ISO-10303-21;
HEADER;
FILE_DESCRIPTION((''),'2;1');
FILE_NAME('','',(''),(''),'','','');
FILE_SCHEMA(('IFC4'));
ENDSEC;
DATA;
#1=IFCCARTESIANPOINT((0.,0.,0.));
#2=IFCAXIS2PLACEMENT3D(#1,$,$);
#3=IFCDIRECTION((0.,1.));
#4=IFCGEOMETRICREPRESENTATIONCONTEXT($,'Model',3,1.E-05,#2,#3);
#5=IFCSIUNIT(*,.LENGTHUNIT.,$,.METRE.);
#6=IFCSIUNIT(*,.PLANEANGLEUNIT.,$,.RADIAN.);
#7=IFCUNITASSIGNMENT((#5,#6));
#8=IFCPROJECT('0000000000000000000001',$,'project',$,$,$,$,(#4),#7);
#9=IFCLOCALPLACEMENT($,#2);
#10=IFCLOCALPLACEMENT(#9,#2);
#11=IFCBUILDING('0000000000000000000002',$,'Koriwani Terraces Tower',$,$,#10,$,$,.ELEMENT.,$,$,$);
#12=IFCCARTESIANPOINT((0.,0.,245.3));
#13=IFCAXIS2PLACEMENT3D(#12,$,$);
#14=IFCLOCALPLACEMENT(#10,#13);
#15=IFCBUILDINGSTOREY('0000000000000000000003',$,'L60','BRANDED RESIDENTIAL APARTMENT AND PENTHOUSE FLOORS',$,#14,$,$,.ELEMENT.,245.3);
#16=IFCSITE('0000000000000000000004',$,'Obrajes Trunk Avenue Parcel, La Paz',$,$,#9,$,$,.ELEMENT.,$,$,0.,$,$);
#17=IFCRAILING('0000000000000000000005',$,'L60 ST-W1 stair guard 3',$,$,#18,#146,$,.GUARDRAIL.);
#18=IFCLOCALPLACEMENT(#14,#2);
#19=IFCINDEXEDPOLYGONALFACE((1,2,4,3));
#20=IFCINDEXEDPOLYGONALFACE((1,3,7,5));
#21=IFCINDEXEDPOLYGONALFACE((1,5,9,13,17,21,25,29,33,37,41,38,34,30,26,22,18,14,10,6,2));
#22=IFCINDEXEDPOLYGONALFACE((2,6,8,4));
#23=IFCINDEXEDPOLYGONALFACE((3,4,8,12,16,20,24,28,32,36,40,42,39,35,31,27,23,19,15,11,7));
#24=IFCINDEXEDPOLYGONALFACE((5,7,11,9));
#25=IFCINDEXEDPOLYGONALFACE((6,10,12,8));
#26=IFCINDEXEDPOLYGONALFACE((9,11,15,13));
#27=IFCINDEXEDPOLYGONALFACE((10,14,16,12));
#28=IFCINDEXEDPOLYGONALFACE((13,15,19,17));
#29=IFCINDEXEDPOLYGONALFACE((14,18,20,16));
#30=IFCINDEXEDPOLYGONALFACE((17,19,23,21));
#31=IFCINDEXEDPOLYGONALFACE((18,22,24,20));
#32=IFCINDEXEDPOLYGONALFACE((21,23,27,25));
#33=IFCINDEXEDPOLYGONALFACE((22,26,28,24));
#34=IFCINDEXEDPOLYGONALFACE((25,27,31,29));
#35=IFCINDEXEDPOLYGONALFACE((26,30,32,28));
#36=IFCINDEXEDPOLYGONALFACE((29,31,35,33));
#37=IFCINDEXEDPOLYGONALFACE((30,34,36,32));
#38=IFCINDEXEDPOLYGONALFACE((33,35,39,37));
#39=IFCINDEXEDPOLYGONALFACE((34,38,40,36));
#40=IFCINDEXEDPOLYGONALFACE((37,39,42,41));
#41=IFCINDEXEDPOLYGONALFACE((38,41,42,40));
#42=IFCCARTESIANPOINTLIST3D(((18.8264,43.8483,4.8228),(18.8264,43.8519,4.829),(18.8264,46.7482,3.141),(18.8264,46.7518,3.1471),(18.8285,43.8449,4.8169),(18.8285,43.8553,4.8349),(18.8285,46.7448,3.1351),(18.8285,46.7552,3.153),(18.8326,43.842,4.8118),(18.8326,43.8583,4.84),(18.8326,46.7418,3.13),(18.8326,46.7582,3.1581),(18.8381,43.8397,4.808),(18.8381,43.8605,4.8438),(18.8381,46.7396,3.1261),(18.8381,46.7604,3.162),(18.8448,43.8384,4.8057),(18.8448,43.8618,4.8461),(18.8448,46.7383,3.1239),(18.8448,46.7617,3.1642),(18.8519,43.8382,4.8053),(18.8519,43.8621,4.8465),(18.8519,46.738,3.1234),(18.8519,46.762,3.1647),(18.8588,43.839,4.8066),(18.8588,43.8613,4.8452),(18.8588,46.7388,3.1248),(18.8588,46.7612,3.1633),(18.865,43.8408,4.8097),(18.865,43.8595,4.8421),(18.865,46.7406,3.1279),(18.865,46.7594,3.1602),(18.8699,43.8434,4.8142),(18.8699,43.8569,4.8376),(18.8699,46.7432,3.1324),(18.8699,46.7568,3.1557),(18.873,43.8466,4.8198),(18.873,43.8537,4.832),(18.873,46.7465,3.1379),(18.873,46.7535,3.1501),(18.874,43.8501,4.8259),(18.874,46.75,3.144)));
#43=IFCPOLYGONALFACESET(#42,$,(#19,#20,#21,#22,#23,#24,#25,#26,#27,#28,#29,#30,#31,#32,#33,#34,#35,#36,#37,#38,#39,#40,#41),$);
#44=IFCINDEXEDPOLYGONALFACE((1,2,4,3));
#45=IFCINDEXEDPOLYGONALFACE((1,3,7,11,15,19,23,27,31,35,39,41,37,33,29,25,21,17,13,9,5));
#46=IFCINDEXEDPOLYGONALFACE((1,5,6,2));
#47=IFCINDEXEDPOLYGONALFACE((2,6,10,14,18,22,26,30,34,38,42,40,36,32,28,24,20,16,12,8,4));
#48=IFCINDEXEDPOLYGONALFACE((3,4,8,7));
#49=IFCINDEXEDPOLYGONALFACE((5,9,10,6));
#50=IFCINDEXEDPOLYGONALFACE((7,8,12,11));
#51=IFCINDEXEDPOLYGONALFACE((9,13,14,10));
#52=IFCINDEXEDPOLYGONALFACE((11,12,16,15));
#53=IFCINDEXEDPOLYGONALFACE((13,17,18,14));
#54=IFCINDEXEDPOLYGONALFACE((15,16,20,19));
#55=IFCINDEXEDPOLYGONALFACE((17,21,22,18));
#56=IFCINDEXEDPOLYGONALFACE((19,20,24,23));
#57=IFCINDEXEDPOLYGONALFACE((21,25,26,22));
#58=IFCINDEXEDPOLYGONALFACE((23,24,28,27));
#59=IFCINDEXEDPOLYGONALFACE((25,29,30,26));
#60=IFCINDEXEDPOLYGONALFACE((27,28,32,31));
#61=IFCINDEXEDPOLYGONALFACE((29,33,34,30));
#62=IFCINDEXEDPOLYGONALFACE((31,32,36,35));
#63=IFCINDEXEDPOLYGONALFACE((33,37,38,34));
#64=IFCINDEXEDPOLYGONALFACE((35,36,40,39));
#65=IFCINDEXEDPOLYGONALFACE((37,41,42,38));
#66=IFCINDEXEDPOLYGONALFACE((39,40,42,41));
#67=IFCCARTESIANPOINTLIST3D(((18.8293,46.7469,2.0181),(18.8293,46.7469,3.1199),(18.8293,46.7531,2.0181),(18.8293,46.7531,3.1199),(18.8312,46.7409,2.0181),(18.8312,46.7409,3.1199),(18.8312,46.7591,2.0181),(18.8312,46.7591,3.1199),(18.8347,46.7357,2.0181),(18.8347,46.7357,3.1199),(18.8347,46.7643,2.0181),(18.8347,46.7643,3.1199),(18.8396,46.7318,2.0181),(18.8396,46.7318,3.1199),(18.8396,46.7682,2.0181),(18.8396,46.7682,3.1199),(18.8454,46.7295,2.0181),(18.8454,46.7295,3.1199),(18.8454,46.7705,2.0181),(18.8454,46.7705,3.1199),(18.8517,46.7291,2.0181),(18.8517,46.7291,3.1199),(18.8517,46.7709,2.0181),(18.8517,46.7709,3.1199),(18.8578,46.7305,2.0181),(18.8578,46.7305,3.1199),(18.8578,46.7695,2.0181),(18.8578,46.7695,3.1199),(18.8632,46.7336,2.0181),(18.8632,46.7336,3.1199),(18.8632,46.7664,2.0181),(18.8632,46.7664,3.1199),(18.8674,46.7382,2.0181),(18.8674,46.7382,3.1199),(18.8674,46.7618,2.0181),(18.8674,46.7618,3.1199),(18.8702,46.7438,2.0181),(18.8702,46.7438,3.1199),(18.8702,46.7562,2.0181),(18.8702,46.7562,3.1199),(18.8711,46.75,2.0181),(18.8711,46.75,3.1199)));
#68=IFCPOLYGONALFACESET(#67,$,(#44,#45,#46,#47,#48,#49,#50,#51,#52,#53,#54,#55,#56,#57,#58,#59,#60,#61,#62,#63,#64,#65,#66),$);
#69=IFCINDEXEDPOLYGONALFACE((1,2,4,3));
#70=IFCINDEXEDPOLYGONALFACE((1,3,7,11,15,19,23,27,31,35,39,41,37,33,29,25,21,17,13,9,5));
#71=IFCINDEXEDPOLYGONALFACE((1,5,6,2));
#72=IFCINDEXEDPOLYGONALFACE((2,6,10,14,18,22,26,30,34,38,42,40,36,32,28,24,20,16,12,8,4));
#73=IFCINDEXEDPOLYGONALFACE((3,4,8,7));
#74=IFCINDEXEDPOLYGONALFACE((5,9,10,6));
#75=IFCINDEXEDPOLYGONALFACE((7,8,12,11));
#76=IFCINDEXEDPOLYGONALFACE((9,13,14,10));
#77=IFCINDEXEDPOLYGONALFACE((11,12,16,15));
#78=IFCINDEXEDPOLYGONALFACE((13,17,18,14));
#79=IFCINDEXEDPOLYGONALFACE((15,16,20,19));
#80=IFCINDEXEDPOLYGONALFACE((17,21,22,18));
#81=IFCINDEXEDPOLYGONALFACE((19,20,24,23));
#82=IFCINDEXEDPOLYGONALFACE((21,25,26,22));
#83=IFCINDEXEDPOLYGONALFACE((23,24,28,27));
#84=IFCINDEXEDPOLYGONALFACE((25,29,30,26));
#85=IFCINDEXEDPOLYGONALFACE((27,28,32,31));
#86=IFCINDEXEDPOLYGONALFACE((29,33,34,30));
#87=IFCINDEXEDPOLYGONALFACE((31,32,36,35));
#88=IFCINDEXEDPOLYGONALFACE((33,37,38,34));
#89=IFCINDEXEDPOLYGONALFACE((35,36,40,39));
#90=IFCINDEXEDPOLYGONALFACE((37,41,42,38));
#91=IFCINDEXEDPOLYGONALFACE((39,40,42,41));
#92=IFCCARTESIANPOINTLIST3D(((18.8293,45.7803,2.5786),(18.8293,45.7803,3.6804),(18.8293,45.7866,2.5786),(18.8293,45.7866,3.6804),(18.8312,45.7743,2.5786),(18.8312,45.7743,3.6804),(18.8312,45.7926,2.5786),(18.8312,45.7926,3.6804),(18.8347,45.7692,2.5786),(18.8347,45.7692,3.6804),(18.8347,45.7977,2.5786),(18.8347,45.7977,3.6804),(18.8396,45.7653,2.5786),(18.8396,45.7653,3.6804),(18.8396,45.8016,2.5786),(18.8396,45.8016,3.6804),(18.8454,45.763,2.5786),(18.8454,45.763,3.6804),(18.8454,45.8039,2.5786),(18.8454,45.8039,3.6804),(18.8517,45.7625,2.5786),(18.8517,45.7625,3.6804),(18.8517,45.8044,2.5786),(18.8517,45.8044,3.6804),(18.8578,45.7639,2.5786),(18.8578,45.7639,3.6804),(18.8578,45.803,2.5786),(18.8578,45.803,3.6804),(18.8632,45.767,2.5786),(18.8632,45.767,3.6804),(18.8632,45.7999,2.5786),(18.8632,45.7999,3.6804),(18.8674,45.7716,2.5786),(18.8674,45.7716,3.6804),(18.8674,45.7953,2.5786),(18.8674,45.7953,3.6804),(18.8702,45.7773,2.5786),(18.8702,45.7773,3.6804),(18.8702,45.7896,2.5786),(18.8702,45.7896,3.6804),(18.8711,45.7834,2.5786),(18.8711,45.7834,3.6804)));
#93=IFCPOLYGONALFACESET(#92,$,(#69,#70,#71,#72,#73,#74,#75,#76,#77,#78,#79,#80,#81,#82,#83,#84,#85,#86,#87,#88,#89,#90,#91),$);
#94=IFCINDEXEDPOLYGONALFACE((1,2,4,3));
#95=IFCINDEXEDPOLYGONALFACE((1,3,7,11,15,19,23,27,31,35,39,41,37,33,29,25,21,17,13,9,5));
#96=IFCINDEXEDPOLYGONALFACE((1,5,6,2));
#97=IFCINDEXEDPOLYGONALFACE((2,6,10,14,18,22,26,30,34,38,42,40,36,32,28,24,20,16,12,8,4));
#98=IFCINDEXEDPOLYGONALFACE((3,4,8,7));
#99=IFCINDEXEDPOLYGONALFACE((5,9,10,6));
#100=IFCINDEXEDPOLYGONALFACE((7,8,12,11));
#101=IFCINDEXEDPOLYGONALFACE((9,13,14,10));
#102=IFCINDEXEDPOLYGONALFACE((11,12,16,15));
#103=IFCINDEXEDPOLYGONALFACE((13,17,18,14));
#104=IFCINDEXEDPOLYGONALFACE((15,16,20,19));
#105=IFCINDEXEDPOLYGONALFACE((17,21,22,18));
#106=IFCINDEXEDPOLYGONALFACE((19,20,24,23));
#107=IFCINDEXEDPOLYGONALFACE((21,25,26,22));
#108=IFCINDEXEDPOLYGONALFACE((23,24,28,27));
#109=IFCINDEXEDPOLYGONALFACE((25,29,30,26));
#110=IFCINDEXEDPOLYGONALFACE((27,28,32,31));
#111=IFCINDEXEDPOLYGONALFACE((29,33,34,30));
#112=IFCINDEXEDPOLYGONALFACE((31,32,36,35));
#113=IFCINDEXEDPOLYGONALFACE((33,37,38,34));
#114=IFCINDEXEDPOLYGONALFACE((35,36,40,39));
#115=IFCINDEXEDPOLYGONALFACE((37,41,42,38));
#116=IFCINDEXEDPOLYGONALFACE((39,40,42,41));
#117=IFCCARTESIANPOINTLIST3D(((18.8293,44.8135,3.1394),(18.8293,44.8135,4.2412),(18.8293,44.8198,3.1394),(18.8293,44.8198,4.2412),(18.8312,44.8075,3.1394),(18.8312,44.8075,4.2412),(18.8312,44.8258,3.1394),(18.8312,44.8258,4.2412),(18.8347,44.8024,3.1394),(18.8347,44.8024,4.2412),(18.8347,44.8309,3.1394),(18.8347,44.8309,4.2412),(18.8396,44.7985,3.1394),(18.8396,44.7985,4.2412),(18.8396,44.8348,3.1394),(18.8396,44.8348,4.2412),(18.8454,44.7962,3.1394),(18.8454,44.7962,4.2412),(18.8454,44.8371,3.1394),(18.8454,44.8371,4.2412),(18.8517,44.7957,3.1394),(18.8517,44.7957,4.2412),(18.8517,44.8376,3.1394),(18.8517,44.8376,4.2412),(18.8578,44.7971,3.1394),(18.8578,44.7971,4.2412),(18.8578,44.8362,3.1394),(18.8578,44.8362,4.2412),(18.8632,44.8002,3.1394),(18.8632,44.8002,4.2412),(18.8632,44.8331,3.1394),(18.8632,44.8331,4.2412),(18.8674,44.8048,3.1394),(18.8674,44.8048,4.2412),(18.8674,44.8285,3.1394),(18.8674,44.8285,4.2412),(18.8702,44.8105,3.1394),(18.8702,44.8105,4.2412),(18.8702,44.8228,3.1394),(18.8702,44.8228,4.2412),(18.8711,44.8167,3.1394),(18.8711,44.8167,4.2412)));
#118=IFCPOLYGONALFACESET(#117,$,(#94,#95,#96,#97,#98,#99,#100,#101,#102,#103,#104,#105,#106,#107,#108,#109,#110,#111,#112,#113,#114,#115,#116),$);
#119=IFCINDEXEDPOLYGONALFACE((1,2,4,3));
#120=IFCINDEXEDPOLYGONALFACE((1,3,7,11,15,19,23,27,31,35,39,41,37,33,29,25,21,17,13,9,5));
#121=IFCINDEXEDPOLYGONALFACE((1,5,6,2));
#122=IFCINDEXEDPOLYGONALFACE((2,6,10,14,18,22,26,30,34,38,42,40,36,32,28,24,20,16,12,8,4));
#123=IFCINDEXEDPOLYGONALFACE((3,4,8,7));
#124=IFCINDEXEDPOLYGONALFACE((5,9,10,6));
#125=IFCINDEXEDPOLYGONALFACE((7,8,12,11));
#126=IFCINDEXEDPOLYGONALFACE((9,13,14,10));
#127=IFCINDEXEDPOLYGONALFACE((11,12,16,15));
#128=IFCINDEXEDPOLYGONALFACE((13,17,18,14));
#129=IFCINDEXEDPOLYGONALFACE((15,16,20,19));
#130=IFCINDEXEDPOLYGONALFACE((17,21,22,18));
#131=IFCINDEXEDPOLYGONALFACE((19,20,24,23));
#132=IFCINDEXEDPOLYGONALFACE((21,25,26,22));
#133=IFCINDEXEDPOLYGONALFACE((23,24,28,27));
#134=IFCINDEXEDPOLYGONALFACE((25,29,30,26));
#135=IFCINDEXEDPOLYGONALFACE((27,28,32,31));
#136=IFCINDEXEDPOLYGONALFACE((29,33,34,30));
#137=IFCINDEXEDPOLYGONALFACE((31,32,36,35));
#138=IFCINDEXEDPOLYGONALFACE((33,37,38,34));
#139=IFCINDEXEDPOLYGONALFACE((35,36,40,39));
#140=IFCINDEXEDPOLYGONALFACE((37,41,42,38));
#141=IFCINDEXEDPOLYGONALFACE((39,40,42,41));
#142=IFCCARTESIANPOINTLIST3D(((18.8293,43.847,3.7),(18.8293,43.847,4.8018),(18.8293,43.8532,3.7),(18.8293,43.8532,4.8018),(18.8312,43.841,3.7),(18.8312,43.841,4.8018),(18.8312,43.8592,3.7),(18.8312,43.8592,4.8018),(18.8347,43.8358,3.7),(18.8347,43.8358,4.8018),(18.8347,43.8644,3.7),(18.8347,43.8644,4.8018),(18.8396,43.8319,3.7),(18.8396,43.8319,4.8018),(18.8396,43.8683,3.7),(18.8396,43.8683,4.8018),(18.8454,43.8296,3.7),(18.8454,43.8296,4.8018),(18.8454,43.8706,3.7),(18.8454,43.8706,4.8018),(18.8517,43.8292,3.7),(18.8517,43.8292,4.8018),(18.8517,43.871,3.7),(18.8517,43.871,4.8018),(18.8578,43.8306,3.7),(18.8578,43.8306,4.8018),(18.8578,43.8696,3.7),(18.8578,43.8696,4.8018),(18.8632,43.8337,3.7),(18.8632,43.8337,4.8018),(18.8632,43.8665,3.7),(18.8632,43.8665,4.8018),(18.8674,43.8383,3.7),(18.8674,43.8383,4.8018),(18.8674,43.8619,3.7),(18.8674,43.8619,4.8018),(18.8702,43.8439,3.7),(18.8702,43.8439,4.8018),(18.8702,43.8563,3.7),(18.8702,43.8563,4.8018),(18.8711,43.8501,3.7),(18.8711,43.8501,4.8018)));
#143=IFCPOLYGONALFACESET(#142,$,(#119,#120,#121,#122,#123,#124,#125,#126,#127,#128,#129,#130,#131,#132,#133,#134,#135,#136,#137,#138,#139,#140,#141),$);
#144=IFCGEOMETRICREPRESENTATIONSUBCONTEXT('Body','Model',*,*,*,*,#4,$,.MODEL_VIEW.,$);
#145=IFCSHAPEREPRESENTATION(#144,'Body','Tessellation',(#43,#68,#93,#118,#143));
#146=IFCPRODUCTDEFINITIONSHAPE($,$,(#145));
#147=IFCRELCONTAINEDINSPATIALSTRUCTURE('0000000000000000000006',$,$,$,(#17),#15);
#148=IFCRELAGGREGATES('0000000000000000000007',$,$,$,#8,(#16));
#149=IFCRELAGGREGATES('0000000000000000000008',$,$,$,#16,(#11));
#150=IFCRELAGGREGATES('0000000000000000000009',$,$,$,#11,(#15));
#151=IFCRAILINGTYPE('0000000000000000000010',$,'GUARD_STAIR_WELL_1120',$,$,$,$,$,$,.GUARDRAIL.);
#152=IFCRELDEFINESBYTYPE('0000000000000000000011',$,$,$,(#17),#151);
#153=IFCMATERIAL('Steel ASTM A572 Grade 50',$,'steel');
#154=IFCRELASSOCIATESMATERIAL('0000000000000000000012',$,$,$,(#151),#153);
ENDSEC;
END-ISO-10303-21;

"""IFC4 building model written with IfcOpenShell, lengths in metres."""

from ifc_helpers import new_model, si_unit, direction, frame, origin, origin_2d, place, context, subcontext, project, spatial, circle, extrude, material, type_object, element, save


model = new_model("IFC4")

# Units and contexts
model_context = context("Model", 3, precision=1e-05, world=origin(), true_north=direction((0.0, 1.0)))
body_context = subcontext(model_context, "Body", "Model", "MODEL_VIEW")
ifc_project = project(units=[si_unit("LENGTHUNIT", "METRE"), si_unit("PLANEANGLEUNIT", "RADIAN")], contexts=[model_context])

# Site, building, storey
site_placement = place(None, origin())
site = spatial("IfcSite", under=ifc_project, at=site_placement, Name="Obrajes Trunk Avenue Parcel, La Paz", CompositionType="ELEMENT", RefElevation=0.0)
building_placement = place(site_placement, origin())
building = spatial("IfcBuilding", under=site, at=building_placement, Name="Koriwani Terraces Tower", CompositionType="ELEMENT")
storey_placement = place(building_placement, frame((0.0, 0.0, 245.3)))
storey = spatial("IfcBuildingStorey", under=building, at=storey_placement, Name="L60", Description="BRANDED RESIDENTIAL APARTMENT AND PENTHOUSE FLOORS", CompositionType="ELEMENT", Elevation=245.3)

# Railing
ifc_material_1 = material(Name="Steel ASTM A572 Grade 50", Category="steel")
railing_type_1 = type_object("IfcRailingType", Name="GUARD_STAIR_WELL_1120", PredefinedType="GUARDRAIL", material=ifc_material_1)
railing_1_placement = place(storey_placement, frame((18.8501, 46.75, 2.0181)))
element("IfcRailing", 1, at=railing_1_placement, inside=storey, type_object=railing_type_1, Name="L60 ST-W1 stair guard 3", PredefinedType="GUARDRAIL", context=body_context, shape_type="SweptSolid", body=[
    extrude(circle(Radius=0.0239, at=origin_2d()), frame((0.0, 0.0, 1.126), z_axis=(0.0, -0.865039, 0.501705), x_axis=(1.0, 0.0, 0.0)), (0.0, 0.0, 1.0), 3.3523),
    extrude(circle(Radius=0.021, at=origin_2d()), origin(), (0.0, 0.0, 1.0), 1.1018),
    extrude(circle(Radius=0.021, at=origin_2d()), frame((0.0, -0.9666, 0.5605)), (0.0, 0.0, 1.0), 1.1018),
    extrude(circle(Radius=0.021, at=origin_2d()), frame((0.0, -1.9333, 1.1213)), (0.0, 0.0, 1.0), 1.1018),
    extrude(circle(Radius=0.021, at=origin_2d()), frame((0.0, -2.8999, 1.6819)), (0.0, 0.0, 1.0), 1.1018),
])

save(model, "model.ifc")
